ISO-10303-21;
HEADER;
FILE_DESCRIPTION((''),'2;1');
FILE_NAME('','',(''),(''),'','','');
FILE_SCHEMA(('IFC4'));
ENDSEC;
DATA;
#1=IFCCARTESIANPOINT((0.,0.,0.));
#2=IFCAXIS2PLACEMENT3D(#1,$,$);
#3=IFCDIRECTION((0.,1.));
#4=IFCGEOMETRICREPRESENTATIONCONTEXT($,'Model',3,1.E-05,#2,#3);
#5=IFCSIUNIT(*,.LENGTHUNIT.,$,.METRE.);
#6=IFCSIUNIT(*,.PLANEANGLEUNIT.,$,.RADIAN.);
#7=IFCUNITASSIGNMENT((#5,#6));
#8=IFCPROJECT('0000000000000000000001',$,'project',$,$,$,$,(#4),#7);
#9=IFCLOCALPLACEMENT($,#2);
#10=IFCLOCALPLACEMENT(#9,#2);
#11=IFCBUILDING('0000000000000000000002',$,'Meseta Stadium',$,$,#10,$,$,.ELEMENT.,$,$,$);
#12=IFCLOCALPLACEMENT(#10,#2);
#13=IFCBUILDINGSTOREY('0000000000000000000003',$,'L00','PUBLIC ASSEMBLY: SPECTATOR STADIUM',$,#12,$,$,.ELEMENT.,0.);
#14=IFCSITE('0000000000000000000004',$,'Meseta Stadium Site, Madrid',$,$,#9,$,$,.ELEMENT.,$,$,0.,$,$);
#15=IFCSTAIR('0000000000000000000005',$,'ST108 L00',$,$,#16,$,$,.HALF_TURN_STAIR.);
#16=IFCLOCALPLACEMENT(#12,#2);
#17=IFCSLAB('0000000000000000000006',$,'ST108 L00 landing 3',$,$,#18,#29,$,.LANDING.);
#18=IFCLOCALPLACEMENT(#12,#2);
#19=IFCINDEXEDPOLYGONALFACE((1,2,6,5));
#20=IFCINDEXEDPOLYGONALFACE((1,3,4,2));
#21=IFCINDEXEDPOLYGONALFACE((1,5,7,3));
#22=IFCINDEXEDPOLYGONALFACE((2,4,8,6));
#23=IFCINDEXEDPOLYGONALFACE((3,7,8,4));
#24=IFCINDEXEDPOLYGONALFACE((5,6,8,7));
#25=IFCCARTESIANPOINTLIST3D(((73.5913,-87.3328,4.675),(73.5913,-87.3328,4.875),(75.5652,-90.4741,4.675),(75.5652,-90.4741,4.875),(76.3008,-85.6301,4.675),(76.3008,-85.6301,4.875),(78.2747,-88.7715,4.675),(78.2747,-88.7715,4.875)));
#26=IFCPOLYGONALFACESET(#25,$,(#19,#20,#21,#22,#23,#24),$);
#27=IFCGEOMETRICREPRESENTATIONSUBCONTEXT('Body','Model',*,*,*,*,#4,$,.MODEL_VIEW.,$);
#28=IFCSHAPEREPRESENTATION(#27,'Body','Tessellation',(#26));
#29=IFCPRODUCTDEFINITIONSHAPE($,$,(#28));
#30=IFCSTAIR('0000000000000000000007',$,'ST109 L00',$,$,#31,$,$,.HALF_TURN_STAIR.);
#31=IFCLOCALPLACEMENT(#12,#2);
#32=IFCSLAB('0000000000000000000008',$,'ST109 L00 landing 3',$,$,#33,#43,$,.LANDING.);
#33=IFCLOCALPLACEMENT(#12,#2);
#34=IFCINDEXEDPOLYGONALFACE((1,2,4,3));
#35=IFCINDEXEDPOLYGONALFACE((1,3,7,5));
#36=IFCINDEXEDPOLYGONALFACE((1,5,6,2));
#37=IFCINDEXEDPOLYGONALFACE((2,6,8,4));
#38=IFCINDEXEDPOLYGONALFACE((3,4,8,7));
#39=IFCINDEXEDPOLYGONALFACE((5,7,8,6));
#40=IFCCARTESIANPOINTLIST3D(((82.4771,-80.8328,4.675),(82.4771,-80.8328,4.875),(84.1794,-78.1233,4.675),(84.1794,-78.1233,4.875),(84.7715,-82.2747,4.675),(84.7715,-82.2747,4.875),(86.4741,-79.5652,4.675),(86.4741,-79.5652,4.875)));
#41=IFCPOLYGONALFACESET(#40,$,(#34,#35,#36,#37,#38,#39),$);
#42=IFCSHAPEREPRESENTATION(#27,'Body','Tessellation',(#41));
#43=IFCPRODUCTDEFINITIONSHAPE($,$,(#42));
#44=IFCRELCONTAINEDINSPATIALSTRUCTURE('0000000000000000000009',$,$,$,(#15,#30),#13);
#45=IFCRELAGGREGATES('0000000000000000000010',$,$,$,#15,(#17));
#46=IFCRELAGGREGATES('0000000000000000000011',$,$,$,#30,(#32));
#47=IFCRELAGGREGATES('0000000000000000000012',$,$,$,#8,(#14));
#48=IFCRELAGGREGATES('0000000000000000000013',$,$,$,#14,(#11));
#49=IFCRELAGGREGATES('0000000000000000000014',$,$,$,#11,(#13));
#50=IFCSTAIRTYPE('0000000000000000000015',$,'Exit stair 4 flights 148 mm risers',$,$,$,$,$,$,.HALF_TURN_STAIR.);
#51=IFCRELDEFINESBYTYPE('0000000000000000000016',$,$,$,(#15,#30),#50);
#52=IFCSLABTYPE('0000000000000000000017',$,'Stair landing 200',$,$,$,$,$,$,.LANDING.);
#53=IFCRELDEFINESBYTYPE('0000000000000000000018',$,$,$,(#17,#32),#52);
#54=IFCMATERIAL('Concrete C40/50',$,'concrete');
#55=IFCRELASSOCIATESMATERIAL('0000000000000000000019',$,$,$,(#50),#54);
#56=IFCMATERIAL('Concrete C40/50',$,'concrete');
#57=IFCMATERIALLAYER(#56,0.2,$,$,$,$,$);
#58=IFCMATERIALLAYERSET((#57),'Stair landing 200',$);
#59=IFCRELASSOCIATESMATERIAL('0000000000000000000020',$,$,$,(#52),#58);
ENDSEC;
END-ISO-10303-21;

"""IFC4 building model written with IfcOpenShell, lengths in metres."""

from ifc_helpers import new_model, si_unit, direction, frame, origin, place, context, subcontext, project, spatial, polyline, outline, extrude, material, layer, layer_set, type_object, element, aggregate, save


model = new_model("IFC4")

# Units and contexts
model_context = context("Model", 3, precision=1e-05, world=origin(), true_north=direction((0.0, 1.0)))
body_context = subcontext(model_context, "Body", "Model", "MODEL_VIEW")
ifc_project = project(units=[si_unit("LENGTHUNIT", "METRE"), si_unit("PLANEANGLEUNIT", "RADIAN")], contexts=[model_context])

# Site, building, storey
site_placement = place(None, origin())
site = spatial("IfcSite", under=ifc_project, at=site_placement, Name="Meseta Stadium Site, Madrid", CompositionType="ELEMENT", RefElevation=0.0)
building_placement = place(site_placement, origin())
building = spatial("IfcBuilding", under=site, at=building_placement, Name="Meseta Stadium", CompositionType="ELEMENT")
storey_placement = place(building_placement, origin())
storey = spatial("IfcBuildingStorey", under=building, at=storey_placement, Name="L00", Description="PUBLIC ASSEMBLY: SPECTATOR STADIUM", CompositionType="ELEMENT", Elevation=0.0)

# Stairs, slabs
ifc_material_1 = material(Name="Concrete C40/50", Category="concrete")
stair_type = type_object("IfcStairType", Name="Exit stair 4 flights 148 mm risers", PredefinedType="HALF_TURN_STAIR", material=ifc_material_1)
ifc_material_2 = material(Name="Concrete C40/50", Category="concrete")
ifc_layer = layer(ifc_material_2, 0.2)
ifc_layer_set = layer_set([ifc_layer], Name="Stair landing 200")
slab_type = type_object("IfcSlabType", Name="Stair landing 200", PredefinedType="LANDING", material=ifc_layer_set)
stair_1_placement = place(storey_placement, origin())
stair_1 = element("IfcStair", 1, at=stair_1_placement, inside=storey, type_object=stair_type, Name="ST108 L00", PredefinedType="HALF_TURN_STAIR")
slab_1_placement = place(storey_placement, frame((0.0, 0.0, 4.675)))
slab_1 = element("IfcSlab", 2, at=slab_1_placement, type_object=slab_type, Name="ST108 L00 landing 3", PredefinedType="LANDING", context=body_context, shape_type="SweptSolid", body=[
    extrude(outline(polyline([(73.5913, -87.3328), (75.5652, -90.4741), (78.2747, -88.7715), (76.3008, -85.6301), (73.5913, -87.3328)])), origin(), (0.0, 0.0, 1.0), 0.2),
])
aggregate(stair_1, [slab_1])
stair_2_placement = place(storey_placement, origin())
stair_2 = element("IfcStair", 3, at=stair_2_placement, inside=storey, type_object=stair_type, Name="ST109 L00", PredefinedType="HALF_TURN_STAIR")
slab_2_placement = place(storey_placement, frame((0.0, 0.0, 4.675)))
slab_2 = element("IfcSlab", 4, at=slab_2_placement, type_object=slab_type, Name="ST109 L00 landing 3", PredefinedType="LANDING", context=body_context, shape_type="SweptSolid", body=[
    extrude(outline(polyline([(82.4771, -80.8328), (84.7715, -82.2747), (86.4741, -79.5652), (84.1794, -78.1233), (82.4771, -80.8328)])), origin(), (0.0, 0.0, 1.0), 0.2),
])
aggregate(stair_2, [slab_2])

save(model, "model.ifc")
